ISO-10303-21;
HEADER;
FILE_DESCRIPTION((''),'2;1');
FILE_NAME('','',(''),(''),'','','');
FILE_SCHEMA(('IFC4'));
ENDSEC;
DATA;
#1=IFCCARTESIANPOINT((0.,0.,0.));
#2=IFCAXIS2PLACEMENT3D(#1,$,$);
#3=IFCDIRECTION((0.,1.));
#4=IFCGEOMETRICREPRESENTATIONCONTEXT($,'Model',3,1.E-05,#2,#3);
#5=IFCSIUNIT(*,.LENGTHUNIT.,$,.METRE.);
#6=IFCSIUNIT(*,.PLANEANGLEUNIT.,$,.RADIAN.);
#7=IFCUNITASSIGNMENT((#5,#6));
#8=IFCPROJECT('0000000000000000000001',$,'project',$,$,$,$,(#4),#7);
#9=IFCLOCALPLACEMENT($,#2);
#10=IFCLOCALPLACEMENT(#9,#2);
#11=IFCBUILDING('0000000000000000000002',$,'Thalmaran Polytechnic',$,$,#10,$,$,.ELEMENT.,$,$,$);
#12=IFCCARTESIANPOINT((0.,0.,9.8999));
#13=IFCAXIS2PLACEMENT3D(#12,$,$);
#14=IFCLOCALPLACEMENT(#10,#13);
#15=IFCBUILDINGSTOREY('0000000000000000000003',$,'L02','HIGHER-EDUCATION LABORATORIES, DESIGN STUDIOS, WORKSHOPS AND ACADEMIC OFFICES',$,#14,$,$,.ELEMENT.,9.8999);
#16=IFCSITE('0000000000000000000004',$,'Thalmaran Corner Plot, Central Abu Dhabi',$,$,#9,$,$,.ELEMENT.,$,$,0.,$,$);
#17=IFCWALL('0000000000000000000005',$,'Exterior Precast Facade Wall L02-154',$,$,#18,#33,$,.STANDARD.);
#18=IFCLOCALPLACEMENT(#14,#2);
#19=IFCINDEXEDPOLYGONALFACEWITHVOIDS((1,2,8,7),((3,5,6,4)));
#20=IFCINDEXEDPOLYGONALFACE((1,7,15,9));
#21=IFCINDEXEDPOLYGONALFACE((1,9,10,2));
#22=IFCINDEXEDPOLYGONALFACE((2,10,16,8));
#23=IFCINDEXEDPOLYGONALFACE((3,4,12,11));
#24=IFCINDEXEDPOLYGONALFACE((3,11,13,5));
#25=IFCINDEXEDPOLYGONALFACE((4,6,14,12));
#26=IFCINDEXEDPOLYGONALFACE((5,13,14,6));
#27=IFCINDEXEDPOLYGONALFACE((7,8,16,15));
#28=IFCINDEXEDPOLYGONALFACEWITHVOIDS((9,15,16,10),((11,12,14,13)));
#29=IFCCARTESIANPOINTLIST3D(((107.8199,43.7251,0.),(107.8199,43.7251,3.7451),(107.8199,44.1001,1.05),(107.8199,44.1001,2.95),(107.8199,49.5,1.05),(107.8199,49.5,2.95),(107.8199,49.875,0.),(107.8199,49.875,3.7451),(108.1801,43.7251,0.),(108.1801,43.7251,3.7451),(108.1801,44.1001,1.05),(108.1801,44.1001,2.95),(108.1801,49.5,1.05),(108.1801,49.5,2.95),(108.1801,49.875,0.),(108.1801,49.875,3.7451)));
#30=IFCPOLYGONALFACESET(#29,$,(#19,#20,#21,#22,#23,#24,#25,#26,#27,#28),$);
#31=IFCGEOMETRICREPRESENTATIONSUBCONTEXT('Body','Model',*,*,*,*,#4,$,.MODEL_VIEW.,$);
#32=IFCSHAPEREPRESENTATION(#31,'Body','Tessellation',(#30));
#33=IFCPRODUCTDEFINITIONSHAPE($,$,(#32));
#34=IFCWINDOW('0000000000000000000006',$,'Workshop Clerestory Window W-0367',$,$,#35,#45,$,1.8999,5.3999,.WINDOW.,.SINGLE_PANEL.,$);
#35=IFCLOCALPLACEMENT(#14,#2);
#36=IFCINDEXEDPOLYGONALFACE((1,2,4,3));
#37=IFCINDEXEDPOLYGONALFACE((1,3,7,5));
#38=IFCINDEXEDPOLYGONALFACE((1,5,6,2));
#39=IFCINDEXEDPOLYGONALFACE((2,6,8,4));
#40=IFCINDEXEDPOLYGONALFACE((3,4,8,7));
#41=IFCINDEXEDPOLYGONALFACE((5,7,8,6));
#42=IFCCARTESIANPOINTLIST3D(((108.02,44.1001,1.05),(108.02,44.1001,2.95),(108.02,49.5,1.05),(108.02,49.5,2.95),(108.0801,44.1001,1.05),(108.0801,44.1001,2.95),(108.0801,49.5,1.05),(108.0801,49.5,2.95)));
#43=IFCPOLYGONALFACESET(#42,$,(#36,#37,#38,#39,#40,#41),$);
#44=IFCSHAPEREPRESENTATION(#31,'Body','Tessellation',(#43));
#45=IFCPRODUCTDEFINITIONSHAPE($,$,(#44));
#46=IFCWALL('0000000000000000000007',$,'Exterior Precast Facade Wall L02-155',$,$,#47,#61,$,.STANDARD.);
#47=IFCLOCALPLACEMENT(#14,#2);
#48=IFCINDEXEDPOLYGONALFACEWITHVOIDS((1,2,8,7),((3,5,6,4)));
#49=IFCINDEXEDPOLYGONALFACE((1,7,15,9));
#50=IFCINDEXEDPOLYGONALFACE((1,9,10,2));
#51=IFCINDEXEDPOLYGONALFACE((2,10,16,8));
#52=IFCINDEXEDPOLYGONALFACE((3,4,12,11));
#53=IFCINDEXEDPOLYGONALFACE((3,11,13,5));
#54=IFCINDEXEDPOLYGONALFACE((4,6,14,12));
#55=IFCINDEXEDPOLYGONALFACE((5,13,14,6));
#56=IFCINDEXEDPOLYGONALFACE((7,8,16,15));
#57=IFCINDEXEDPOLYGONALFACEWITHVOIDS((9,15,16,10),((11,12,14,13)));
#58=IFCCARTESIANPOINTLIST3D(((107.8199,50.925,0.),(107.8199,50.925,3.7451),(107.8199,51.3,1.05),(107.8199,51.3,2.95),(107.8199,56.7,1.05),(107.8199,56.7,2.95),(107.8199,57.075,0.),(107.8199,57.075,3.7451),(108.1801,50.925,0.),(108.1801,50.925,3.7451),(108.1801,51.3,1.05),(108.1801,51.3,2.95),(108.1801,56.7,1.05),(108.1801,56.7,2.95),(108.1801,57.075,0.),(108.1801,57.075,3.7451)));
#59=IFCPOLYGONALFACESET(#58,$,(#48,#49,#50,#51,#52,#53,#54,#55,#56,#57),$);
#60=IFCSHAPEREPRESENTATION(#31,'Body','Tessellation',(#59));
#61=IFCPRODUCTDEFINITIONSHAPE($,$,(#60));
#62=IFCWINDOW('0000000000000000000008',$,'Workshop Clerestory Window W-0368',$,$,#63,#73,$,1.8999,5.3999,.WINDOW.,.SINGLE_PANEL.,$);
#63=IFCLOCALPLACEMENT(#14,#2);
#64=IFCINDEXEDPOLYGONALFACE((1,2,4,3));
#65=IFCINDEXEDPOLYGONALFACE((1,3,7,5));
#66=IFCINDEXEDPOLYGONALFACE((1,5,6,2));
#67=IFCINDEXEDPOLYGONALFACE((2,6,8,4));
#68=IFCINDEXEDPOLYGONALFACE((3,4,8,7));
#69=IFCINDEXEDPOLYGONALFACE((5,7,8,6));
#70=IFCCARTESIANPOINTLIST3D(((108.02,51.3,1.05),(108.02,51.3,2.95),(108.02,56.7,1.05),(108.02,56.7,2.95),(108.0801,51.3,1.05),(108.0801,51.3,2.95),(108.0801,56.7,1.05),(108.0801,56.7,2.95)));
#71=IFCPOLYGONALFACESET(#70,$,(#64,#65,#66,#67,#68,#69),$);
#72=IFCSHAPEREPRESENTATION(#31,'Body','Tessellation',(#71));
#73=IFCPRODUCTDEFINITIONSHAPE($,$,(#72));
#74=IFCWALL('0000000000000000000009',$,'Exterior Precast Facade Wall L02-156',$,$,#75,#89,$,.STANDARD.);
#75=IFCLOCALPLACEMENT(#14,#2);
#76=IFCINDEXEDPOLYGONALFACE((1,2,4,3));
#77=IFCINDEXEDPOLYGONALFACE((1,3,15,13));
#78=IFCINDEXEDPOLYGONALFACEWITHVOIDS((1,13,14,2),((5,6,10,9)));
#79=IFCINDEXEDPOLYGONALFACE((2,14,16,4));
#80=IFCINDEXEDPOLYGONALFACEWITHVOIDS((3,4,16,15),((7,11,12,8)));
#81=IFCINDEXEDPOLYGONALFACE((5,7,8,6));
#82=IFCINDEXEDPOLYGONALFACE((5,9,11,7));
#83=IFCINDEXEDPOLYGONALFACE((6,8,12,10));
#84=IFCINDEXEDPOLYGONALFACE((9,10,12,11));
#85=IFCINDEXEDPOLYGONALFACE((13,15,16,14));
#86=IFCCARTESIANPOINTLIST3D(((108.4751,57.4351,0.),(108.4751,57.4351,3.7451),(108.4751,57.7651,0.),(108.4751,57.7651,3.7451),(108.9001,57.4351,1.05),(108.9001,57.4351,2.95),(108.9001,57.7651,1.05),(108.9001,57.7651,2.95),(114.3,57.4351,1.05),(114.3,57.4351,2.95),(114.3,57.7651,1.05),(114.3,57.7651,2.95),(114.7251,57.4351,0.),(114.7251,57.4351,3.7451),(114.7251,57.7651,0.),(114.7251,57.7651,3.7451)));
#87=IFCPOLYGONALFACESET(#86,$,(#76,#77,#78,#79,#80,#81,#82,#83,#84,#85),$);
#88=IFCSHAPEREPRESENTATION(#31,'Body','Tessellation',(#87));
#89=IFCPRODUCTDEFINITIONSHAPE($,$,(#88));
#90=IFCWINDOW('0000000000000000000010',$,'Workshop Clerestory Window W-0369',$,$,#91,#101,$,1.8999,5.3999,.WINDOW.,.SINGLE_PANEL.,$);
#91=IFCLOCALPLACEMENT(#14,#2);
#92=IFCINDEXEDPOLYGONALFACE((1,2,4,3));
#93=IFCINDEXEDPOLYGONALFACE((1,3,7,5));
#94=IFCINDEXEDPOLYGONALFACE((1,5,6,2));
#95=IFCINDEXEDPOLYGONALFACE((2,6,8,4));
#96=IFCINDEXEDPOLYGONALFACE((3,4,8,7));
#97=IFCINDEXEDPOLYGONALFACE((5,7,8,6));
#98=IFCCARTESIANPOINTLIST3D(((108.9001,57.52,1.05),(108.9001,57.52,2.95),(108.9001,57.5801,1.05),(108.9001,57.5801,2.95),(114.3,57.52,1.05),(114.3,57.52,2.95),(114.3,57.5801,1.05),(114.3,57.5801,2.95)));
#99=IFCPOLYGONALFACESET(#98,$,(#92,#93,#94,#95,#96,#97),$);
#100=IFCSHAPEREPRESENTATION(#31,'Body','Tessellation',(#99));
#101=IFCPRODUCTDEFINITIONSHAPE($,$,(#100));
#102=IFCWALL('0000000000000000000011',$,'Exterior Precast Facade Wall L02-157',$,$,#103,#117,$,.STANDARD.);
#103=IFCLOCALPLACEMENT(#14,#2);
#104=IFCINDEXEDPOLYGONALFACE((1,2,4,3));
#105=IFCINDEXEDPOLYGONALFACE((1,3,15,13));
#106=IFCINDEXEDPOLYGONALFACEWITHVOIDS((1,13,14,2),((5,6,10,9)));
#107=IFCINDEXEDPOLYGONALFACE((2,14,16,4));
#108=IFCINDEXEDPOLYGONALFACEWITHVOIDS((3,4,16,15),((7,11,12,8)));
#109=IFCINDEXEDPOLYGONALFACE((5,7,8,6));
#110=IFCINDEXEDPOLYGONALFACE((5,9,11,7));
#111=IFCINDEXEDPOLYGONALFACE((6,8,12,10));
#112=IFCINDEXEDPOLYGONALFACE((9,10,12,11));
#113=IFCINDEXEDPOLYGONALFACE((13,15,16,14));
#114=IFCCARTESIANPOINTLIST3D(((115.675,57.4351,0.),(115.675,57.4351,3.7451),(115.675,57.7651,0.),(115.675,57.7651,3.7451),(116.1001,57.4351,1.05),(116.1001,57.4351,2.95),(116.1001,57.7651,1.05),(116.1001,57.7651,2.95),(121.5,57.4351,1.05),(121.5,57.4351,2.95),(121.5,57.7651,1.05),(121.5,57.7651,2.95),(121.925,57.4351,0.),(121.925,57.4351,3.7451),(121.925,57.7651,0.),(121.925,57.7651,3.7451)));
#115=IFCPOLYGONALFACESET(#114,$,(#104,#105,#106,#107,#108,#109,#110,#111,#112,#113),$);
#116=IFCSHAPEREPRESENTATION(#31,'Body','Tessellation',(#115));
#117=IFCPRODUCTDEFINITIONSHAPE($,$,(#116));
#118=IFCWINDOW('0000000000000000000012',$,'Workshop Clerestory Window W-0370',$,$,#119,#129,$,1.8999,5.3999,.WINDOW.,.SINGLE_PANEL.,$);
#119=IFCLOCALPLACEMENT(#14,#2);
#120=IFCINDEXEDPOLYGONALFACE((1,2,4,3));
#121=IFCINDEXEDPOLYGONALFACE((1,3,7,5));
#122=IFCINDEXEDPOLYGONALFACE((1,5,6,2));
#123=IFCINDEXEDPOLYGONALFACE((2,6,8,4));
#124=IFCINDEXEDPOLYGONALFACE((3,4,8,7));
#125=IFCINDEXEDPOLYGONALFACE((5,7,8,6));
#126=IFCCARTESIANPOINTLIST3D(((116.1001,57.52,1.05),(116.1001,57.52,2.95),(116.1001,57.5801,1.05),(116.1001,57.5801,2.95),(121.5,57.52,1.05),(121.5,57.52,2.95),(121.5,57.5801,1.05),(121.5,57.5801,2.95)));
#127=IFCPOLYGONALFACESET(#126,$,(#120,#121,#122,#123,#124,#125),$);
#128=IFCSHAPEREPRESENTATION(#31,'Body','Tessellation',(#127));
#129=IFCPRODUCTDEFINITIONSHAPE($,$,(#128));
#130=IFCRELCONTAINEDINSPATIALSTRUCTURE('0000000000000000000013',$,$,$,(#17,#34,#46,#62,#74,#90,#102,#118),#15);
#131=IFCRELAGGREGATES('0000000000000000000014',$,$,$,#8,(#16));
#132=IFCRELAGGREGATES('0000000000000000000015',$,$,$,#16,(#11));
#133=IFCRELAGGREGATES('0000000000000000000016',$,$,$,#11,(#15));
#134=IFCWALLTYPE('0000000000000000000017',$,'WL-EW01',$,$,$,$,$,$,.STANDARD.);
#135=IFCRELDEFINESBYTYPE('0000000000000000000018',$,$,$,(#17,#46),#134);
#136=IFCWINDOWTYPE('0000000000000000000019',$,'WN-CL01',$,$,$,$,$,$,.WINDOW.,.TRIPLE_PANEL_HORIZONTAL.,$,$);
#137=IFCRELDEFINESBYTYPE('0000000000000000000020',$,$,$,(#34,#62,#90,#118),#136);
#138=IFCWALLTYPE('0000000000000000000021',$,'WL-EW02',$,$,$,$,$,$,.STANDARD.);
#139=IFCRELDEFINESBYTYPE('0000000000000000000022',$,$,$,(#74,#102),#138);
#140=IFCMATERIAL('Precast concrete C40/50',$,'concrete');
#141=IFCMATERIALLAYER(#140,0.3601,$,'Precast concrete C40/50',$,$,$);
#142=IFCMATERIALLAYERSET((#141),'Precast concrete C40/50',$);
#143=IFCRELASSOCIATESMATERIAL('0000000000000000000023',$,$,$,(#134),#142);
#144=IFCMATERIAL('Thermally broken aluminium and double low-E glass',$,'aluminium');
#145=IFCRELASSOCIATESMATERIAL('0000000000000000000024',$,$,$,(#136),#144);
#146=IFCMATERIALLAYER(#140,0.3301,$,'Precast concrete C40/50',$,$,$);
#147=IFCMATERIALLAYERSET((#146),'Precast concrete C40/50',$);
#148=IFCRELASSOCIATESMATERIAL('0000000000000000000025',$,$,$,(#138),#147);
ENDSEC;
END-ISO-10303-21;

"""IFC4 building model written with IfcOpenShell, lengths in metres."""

from ifc_helpers import new_model, si_unit, direction, frame, frame_2d, origin, place, context, subcontext, project, spatial, rectangle, extrude, material, layer, layer_set, type_object, element, fill, save


model = new_model("IFC4")

# Units and contexts
model_context = context("Model", 3, precision=1e-05, world=origin(), true_north=direction((0.0, 1.0)))
body_context = subcontext(model_context, "Body", "Model", "MODEL_VIEW")
ifc_project = project(units=[si_unit("LENGTHUNIT", "METRE"), si_unit("PLANEANGLEUNIT", "RADIAN")], contexts=[model_context])

# Site, building, storey
site_placement = place(None, origin())
site = spatial("IfcSite", under=ifc_project, at=site_placement, Name="Thalmaran Corner Plot, Central Abu Dhabi", CompositionType="ELEMENT", RefElevation=0.0)
building_placement = place(site_placement, origin())
building = spatial("IfcBuilding", under=site, at=building_placement, Name="Thalmaran Polytechnic", CompositionType="ELEMENT")
storey_placement = place(building_placement, frame((0.0, 0.0, 9.8999)))
storey = spatial("IfcBuildingStorey", under=building, at=storey_placement, Name="L02", Description="HIGHER-EDUCATION LABORATORIES, DESIGN STUDIOS, WORKSHOPS AND ACADEMIC OFFICES", CompositionType="ELEMENT", Elevation=9.8999)

# Walls, openings, windows
ifc_material_1 = material(Name="Precast concrete C40/50", Category="concrete")
ifc_layer_1 = layer(ifc_material_1, 0.3601, Name="Precast concrete C40/50")
ifc_layer_set_1 = layer_set([ifc_layer_1], Name="Precast concrete C40/50")
wall_type_1 = type_object("IfcWallType", Name="WL-EW01", PredefinedType="STANDARD", material=ifc_layer_set_1)
wall_1_placement = place(storey_placement, frame((108.0, 43.7251, 0.0), z_axis=(0.0, 0.0, 1.0), x_axis=(0.0, 1.0, 0.0)))
wall_1 = element("IfcWall", 1, at=wall_1_placement, inside=storey, type_object=wall_type_1, Name="Exterior Precast Facade Wall L02-154", PredefinedType="STANDARD", context=body_context, shape_type="SweptSolid", body=[
    extrude(rectangle(XDim=6.1499, YDim=0.3601, at=frame_2d((3.075, 0.0))), origin(), (0.0, 0.0, 1.0), 3.7451),
])
opening_1_placement = place(wall_1_placement, frame((0.375, 0.0, 1.05)))
opening_1 = element("IfcOpeningElement", 2, at=opening_1_placement, cuts=wall_1, PredefinedType="OPENING", context=body_context, shape_type="SweptSolid", body=[
    extrude(rectangle(XDim=5.3999, YDim=1.8999, at=frame_2d((2.7, 0.95))), frame((0.0, 0.1899, 0.0), z_axis=(0.0, -1.0, 0.0), x_axis=(1.0, 0.0, 0.0)), (0.0, 0.0, 1.0), 0.3801),
])
ifc_material_2 = material(Name="Thermally broken aluminium and double low-E glass", Category="aluminium")
window_type = type_object("IfcWindowType", Name="WN-CL01", PartitioningType="TRIPLE_PANEL_HORIZONTAL", PredefinedType="WINDOW", material=ifc_material_2)
window_1_placement = place(opening_1_placement, origin())
window_1 = element("IfcWindow", 3, at=window_1_placement, inside=storey, type_object=window_type, Name="Workshop Clerestory Window W-0367", OverallHeight=1.8999, OverallWidth=5.3999, PartitioningType="SINGLE_PANEL", PredefinedType="WINDOW", context=body_context, shape_type="SweptSolid", body=[
    extrude(rectangle(XDim=5.3999, YDim=1.8999, at=frame_2d((2.7, 0.95))), frame((0.0, -0.02, 0.0), z_axis=(0.0, -1.0, 0.0), x_axis=(1.0, 0.0, 0.0)), (0.0, 0.0, 1.0), 0.0601),
])
fill(opening_1, window_1)
wall_2_placement = place(storey_placement, frame((108.0, 50.925, 0.0), z_axis=(0.0, 0.0, 1.0), x_axis=(0.0, 1.0, 0.0)))
wall_2 = element("IfcWall", 4, at=wall_2_placement, inside=storey, type_object=wall_type_1, Name="Exterior Precast Facade Wall L02-155", PredefinedType="STANDARD", context=body_context, shape_type="SweptSolid", body=[
    extrude(rectangle(XDim=6.1499, YDim=0.3601, at=frame_2d((3.075, 0.0))), origin(), (0.0, 0.0, 1.0), 3.7451),
])
opening_2_placement = place(wall_2_placement, frame((0.375, 0.0, 1.05)))
opening_2 = element("IfcOpeningElement", 5, at=opening_2_placement, cuts=wall_2, PredefinedType="OPENING", context=body_context, shape_type="SweptSolid", body=[
    extrude(rectangle(XDim=5.3999, YDim=1.8999, at=frame_2d((2.7, 0.95))), frame((0.0, 0.1899, 0.0), z_axis=(0.0, -1.0, 0.0), x_axis=(1.0, 0.0, 0.0)), (0.0, 0.0, 1.0), 0.3801),
])
window_2_placement = place(opening_2_placement, origin())
window_2 = element("IfcWindow", 6, at=window_2_placement, inside=storey, type_object=window_type, Name="Workshop Clerestory Window W-0368", OverallHeight=1.8999, OverallWidth=5.3999, PartitioningType="SINGLE_PANEL", PredefinedType="WINDOW", context=body_context, shape_type="SweptSolid", body=[
    extrude(rectangle(XDim=5.3999, YDim=1.8999, at=frame_2d((2.7, 0.95))), frame((0.0, -0.02, 0.0), z_axis=(0.0, -1.0, 0.0), x_axis=(1.0, 0.0, 0.0)), (0.0, 0.0, 1.0), 0.0601),
])
fill(opening_2, window_2)
ifc_layer_2 = layer(ifc_material_1, 0.3301, Name="Precast concrete C40/50")
ifc_layer_set_2 = layer_set([ifc_layer_2], Name="Precast concrete C40/50")
wall_type_2 = type_object("IfcWallType", Name="WL-EW02", PredefinedType="STANDARD", material=ifc_layer_set_2)
wall_3_placement = place(storey_placement, frame((108.4751, 57.6001, 0.0), z_axis=(0.0, 0.0, 1.0), x_axis=(1.0, 0.0, 0.0)))
wall_3 = element("IfcWall", 7, at=wall_3_placement, inside=storey, type_object=wall_type_2, Name="Exterior Precast Facade Wall L02-156", PredefinedType="STANDARD", context=body_context, shape_type="SweptSolid", body=[
    extrude(rectangle(XDim=6.25, YDim=0.3301, at=frame_2d((3.125, 0.0))), origin(), (0.0, 0.0, 1.0), 3.7451),
])
opening_3_placement = place(wall_3_placement, frame((0.425, 0.0, 1.05)))
opening_3 = element("IfcOpeningElement", 8, at=opening_3_placement, cuts=wall_3, PredefinedType="OPENING", context=body_context, shape_type="SweptSolid", body=[
    extrude(rectangle(XDim=5.3999, YDim=1.8999, at=frame_2d((2.7, 0.95))), frame((0.0, 0.175, 0.0), z_axis=(0.0, -1.0, 0.0), x_axis=(1.0, 0.0, 0.0)), (0.0, 0.0, 1.0), 0.3501),
])
window_3_placement = place(opening_3_placement, origin())
window_3 = element("IfcWindow", 9, at=window_3_placement, inside=storey, type_object=window_type, Name="Workshop Clerestory Window W-0369", OverallHeight=1.8999, OverallWidth=5.3999, PartitioningType="SINGLE_PANEL", PredefinedType="WINDOW", context=body_context, shape_type="SweptSolid", body=[
    extrude(rectangle(XDim=5.3999, YDim=1.8999, at=frame_2d((2.7, 0.95))), frame((0.0, -0.02, 0.0), z_axis=(0.0, -1.0, 0.0), x_axis=(1.0, 0.0, 0.0)), (0.0, 0.0, 1.0), 0.0601),
])
fill(opening_3, window_3)
wall_4_placement = place(storey_placement, frame((115.675, 57.6001, 0.0), z_axis=(0.0, 0.0, 1.0), x_axis=(1.0, 0.0, 0.0)))
wall_4 = element("IfcWall", 10, at=wall_4_placement, inside=storey, type_object=wall_type_2, Name="Exterior Precast Facade Wall L02-157", PredefinedType="STANDARD", context=body_context, shape_type="SweptSolid", body=[
    extrude(rectangle(XDim=6.25, YDim=0.3301, at=frame_2d((3.125, 0.0))), origin(), (0.0, 0.0, 1.0), 3.7451),
])
opening_4_placement = place(wall_4_placement, frame((0.425, 0.0, 1.05)))
opening_4 = element("IfcOpeningElement", 11, at=opening_4_placement, cuts=wall_4, PredefinedType="OPENING", context=body_context, shape_type="SweptSolid", body=[
    extrude(rectangle(XDim=5.3999, YDim=1.8999, at=frame_2d((2.7, 0.95))), frame((0.0, 0.175, 0.0), z_axis=(0.0, -1.0, 0.0), x_axis=(1.0, 0.0, 0.0)), (0.0, 0.0, 1.0), 0.3501),
])
window_4_placement = place(opening_4_placement, origin())
window_4 = element("IfcWindow", 12, at=window_4_placement, inside=storey, type_object=window_type, Name="Workshop Clerestory Window W-0370", OverallHeight=1.8999, OverallWidth=5.3999, PartitioningType="SINGLE_PANEL", PredefinedType="WINDOW", context=body_context, shape_type="SweptSolid", body=[
    extrude(rectangle(XDim=5.3999, YDim=1.8999, at=frame_2d((2.7, 0.95))), frame((0.0, -0.02, 0.0), z_axis=(0.0, -1.0, 0.0), x_axis=(1.0, 0.0, 0.0)), (0.0, 0.0, 1.0), 0.0601),
])
fill(opening_4, window_4)

save(model, "model.ifc")
